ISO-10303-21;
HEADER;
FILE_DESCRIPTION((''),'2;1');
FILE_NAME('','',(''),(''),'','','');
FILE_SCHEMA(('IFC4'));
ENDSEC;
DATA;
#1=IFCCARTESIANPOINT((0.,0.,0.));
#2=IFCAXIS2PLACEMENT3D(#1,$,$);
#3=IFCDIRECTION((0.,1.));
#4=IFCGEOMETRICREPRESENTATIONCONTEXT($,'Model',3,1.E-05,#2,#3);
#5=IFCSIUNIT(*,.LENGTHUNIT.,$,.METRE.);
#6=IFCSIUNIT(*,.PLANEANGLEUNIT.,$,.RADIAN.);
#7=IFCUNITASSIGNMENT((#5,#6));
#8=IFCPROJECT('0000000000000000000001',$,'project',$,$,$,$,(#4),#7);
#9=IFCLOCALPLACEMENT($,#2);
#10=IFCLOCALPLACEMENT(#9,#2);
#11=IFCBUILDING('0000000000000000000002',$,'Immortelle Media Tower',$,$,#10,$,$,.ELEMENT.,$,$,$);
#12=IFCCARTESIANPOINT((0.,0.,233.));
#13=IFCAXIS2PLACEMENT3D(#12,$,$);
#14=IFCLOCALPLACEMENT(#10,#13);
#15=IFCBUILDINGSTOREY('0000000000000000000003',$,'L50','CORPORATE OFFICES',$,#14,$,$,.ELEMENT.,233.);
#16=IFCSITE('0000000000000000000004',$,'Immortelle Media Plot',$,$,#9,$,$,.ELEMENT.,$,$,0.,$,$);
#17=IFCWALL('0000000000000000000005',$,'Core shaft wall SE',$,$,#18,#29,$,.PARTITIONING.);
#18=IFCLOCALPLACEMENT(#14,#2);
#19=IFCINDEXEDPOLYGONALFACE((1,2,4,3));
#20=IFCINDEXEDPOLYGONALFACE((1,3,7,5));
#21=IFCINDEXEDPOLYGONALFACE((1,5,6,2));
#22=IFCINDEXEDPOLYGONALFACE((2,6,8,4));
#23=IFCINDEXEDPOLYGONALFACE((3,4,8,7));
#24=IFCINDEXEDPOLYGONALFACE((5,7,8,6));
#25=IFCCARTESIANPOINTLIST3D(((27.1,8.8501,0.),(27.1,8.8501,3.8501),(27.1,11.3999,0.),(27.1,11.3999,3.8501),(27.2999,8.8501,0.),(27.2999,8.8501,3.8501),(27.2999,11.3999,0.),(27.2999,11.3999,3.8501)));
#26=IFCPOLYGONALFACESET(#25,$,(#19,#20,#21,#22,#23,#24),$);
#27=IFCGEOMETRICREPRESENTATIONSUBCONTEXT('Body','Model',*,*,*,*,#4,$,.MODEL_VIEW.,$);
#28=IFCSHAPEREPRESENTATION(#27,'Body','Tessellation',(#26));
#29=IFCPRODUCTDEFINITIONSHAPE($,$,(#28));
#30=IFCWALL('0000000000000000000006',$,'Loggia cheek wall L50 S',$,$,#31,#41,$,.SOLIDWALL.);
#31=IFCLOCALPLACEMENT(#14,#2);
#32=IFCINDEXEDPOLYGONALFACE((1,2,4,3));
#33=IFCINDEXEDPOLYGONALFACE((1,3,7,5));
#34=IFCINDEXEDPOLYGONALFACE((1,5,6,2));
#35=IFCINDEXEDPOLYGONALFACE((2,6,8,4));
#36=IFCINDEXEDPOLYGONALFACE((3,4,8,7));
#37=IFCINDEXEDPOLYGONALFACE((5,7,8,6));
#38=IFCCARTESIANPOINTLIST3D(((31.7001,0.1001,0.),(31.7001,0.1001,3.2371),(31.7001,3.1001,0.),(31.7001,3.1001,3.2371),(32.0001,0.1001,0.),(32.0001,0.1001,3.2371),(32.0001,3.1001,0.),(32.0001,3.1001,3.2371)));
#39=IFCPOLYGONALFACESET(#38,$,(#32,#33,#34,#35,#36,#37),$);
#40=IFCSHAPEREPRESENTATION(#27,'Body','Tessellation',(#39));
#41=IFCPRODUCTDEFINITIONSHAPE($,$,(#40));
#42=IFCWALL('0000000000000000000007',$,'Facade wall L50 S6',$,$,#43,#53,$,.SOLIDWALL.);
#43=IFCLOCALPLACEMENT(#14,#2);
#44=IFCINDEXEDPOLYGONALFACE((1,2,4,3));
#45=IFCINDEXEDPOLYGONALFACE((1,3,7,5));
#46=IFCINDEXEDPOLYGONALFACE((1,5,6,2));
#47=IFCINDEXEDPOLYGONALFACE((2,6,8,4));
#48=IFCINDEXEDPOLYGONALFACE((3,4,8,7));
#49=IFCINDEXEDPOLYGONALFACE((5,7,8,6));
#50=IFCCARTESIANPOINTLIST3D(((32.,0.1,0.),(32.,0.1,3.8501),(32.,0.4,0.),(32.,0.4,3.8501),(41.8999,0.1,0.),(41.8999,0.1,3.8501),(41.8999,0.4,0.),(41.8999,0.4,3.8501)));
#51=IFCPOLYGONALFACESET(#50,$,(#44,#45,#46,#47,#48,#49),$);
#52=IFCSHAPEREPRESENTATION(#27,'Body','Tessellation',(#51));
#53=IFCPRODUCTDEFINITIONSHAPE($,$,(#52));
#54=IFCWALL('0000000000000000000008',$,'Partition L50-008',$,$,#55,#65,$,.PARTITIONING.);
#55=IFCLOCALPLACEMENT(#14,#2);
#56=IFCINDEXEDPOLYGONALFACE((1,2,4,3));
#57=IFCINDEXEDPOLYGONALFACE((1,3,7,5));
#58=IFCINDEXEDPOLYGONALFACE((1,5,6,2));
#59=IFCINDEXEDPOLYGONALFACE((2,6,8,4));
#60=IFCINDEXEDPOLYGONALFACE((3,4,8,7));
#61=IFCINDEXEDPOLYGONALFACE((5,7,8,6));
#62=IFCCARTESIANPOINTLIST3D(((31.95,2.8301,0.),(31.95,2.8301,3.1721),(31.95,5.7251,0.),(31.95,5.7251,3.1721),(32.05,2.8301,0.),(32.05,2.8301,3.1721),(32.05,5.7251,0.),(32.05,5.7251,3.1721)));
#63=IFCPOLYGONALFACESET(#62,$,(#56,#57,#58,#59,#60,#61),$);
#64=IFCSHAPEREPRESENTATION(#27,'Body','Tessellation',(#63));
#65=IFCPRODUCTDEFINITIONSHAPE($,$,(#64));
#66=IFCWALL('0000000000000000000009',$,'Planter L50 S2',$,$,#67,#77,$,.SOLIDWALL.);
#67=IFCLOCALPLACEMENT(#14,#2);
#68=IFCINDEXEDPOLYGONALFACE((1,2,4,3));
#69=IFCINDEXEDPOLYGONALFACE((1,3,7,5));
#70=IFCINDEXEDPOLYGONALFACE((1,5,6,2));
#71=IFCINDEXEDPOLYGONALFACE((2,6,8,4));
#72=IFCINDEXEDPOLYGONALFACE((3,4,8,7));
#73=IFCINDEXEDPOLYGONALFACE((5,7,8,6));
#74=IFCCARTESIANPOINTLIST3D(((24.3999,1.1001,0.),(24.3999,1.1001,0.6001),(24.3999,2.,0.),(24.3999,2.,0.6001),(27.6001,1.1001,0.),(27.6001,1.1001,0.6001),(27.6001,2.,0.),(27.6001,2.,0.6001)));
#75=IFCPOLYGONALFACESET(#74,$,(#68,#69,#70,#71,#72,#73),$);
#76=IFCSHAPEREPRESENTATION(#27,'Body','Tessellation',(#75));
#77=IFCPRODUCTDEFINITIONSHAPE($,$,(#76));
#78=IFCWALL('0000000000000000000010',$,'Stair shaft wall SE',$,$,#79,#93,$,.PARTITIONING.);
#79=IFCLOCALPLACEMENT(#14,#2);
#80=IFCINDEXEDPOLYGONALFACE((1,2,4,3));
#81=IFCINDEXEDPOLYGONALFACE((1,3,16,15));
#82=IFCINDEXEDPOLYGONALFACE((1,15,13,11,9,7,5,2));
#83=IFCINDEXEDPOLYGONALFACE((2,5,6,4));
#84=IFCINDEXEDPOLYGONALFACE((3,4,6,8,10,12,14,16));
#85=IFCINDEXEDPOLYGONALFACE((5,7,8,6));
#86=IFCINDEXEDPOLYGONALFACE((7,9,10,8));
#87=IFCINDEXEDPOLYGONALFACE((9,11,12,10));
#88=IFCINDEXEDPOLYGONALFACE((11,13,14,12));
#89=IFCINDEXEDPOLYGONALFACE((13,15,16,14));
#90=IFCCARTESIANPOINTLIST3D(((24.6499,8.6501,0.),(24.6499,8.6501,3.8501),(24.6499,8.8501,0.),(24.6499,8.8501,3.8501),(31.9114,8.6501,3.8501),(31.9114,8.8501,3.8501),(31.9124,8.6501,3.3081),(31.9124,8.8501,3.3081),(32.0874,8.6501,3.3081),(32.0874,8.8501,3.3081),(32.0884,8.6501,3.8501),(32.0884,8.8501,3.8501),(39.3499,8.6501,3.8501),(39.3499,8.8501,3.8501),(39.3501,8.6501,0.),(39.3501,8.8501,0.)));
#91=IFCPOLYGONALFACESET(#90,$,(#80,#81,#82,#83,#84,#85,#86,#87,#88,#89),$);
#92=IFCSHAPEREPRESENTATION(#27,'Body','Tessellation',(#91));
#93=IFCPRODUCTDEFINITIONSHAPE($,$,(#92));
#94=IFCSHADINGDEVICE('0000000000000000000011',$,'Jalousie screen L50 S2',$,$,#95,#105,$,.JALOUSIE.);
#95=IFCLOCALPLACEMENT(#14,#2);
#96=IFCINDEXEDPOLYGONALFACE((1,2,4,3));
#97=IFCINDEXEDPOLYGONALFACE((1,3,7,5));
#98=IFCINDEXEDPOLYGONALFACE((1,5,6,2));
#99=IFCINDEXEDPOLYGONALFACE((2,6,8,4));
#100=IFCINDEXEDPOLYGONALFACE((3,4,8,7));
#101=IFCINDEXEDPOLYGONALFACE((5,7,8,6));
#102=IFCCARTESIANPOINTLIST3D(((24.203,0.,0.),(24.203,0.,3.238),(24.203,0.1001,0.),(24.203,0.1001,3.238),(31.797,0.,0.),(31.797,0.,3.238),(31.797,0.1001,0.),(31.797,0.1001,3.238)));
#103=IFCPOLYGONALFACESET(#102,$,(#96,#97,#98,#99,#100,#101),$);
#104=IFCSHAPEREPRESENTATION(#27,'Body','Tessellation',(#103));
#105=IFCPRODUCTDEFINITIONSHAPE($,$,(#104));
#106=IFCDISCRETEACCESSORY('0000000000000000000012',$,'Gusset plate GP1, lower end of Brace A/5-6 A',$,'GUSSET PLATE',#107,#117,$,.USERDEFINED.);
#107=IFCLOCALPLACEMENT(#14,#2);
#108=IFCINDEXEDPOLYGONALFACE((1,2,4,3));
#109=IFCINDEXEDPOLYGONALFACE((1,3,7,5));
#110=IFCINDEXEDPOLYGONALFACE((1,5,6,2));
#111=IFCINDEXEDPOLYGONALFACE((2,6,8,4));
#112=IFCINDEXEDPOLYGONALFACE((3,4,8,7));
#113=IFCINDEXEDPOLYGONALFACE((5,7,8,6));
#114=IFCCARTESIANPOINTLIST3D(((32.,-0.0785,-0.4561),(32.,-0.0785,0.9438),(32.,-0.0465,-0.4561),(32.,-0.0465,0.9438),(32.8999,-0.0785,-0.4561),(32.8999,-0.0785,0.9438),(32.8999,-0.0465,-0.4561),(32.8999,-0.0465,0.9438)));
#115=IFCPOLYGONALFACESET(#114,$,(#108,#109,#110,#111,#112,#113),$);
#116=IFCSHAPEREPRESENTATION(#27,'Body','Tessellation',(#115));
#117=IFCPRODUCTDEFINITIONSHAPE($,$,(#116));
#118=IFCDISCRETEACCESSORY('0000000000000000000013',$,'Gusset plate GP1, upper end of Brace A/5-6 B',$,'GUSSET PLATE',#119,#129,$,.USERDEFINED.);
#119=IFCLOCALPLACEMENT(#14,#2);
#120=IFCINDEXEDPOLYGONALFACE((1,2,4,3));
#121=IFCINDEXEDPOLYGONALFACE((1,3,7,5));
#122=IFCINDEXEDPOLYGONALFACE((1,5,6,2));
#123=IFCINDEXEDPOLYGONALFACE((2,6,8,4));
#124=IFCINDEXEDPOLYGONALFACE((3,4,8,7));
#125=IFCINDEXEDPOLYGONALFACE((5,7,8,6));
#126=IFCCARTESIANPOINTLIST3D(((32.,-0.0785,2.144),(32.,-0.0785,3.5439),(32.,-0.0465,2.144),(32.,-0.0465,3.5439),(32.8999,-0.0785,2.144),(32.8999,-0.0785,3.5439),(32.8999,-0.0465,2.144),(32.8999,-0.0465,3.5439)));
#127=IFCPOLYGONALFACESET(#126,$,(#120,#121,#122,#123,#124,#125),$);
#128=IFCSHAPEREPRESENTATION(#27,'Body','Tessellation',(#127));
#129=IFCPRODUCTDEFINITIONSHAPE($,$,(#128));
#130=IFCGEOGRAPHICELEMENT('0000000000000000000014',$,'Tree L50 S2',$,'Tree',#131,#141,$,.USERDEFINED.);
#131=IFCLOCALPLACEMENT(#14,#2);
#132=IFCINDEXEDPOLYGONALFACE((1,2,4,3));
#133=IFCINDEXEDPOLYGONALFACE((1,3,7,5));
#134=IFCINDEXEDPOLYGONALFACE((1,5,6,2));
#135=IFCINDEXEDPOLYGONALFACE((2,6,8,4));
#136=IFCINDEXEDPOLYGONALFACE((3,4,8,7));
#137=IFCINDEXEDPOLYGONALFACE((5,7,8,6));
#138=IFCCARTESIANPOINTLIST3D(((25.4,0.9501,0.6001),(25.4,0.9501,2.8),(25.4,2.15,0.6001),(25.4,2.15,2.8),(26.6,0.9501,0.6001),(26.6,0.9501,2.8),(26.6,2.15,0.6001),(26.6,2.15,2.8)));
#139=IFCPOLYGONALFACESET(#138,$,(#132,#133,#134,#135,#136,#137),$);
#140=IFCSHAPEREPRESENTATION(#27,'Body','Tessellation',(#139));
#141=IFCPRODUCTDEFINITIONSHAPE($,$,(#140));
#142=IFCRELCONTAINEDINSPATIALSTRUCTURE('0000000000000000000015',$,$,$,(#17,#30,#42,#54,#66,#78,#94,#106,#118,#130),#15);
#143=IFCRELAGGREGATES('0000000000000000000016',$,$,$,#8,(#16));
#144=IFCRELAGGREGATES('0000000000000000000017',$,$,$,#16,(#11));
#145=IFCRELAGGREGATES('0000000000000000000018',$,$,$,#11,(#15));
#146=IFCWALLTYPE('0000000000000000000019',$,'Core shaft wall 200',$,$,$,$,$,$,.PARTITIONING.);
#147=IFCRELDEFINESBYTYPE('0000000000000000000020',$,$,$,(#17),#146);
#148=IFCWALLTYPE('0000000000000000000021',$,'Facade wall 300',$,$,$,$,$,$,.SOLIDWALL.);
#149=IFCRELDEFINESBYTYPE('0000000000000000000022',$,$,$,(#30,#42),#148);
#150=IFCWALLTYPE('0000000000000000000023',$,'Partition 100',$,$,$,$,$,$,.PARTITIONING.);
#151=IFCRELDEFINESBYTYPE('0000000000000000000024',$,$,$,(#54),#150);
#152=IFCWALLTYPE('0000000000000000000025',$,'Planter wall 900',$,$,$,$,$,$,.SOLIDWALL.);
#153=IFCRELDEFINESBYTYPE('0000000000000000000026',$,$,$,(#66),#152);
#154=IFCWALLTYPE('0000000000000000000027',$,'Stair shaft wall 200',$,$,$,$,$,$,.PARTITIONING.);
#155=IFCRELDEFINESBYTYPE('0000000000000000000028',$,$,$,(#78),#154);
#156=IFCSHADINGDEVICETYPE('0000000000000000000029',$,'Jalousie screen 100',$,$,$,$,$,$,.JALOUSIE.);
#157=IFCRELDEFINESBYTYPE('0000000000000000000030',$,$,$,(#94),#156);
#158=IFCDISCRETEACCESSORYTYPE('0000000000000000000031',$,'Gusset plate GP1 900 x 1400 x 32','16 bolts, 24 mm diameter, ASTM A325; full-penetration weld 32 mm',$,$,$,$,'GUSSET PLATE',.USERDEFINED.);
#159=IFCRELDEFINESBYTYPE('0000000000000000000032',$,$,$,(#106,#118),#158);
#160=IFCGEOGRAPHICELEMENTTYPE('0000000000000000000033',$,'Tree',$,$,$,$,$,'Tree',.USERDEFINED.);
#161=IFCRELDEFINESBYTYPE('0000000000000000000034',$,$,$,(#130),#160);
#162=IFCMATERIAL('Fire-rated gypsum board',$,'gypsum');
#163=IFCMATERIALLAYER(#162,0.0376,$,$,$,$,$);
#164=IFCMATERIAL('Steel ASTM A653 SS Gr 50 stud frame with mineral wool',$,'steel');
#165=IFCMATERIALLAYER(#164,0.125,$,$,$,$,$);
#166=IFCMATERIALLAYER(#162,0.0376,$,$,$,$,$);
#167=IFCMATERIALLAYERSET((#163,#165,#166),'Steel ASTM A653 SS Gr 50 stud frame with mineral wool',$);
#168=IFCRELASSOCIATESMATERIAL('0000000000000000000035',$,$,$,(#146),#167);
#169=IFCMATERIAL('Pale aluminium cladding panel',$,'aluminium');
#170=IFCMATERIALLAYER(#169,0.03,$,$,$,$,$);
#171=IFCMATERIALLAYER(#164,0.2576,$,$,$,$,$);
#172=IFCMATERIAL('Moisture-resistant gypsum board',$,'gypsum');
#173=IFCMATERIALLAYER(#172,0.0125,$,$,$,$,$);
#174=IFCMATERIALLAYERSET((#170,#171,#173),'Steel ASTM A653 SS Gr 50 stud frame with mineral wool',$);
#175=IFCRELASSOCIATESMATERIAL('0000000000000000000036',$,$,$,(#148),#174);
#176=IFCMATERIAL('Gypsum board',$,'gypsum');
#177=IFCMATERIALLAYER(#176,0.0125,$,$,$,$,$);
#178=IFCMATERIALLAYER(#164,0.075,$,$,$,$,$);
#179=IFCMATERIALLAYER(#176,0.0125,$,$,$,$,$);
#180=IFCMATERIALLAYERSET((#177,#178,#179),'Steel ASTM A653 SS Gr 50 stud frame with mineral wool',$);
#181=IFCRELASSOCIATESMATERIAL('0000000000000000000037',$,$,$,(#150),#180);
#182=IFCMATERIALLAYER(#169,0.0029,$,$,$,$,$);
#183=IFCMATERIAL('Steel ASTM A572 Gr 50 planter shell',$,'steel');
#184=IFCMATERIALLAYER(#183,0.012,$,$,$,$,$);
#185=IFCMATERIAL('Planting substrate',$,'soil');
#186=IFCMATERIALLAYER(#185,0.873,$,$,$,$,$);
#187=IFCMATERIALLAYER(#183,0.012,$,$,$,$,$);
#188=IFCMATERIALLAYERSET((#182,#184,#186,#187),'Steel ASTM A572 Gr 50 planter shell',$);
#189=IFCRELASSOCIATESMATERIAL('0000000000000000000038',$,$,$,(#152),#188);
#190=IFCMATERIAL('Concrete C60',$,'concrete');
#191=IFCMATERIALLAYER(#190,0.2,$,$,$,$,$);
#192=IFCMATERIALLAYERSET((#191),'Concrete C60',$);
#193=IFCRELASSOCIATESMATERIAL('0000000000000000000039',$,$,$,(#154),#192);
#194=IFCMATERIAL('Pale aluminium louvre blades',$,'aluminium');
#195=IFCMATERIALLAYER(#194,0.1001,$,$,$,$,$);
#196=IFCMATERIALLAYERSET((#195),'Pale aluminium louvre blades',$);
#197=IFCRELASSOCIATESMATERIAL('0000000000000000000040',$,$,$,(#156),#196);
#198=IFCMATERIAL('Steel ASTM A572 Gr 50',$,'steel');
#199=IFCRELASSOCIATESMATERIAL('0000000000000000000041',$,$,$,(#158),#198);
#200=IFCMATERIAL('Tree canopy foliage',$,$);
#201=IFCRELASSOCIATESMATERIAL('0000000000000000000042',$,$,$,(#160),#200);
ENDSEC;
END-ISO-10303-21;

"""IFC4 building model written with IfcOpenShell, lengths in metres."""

from ifc_helpers import new_model, si_unit, direction, frame, frame_2d, origin, origin_2d, place, context, subcontext, project, spatial, polyline, rectangle, outline, extrude, material, layer, layer_set, material_profile, profile_set, type_object, element, save


model = new_model("IFC4")

# Units and contexts
model_context = context("Model", 3, precision=1e-05, world=origin(), true_north=direction((0.0, 1.0)))
body_context = subcontext(model_context, "Body", "Model", "MODEL_VIEW")
ifc_project = project(units=[si_unit("LENGTHUNIT", "METRE"), si_unit("PLANEANGLEUNIT", "RADIAN")], contexts=[model_context])

# Site, building, storey
site_placement = place(None, origin())
site = spatial("IfcSite", under=ifc_project, at=site_placement, Name="Immortelle Media Plot", CompositionType="ELEMENT", RefElevation=0.0)
building_placement = place(site_placement, origin())
building = spatial("IfcBuilding", under=site, at=building_placement, Name="Immortelle Media Tower", CompositionType="ELEMENT")
storey_placement = place(building_placement, frame((0.0, 0.0, 233.0)))
storey = spatial("IfcBuildingStorey", under=building, at=storey_placement, Name="L50", Description="CORPORATE OFFICES", CompositionType="ELEMENT", Elevation=233.0)

# Walls
ifc_material_1 = material(Name="Fire-rated gypsum board", Category="gypsum")
ifc_layer_1 = layer(ifc_material_1, 0.0376)
ifc_material_2 = material(Name="Steel ASTM A653 SS Gr 50 stud frame with mineral wool", Category="steel")
ifc_layer_2 = layer(ifc_material_2, 0.125)
ifc_layer_3 = layer(ifc_material_1, 0.0376)
ifc_layer_set_1 = layer_set([ifc_layer_1, ifc_layer_2, ifc_layer_3], Name="Steel ASTM A653 SS Gr 50 stud frame with mineral wool")
wall_type_1 = type_object("IfcWallType", Name="Core shaft wall 200", PredefinedType="PARTITIONING", material=ifc_layer_set_1)
wall_1_placement = place(storey_placement, frame((27.2, 8.8501, 0.0), z_axis=(0.0, 0.0, 1.0), x_axis=(0.0, 1.0, 0.0)))
element("IfcWall", 1, at=wall_1_placement, inside=storey, type_object=wall_type_1, Name="Core shaft wall SE", PredefinedType="PARTITIONING", context=body_context, shape_type="SweptSolid", body=[
    extrude(rectangle(XDim=2.5498, YDim=0.2, at=frame_2d((1.2749, 0.0))), origin(), (0.0, 0.0, 1.0), 3.8501),
])
ifc_material_3 = material(Name="Pale aluminium cladding panel", Category="aluminium")
ifc_layer_4 = layer(ifc_material_3, 0.03)
ifc_layer_5 = layer(ifc_material_2, 0.2576)
ifc_material_4 = material(Name="Moisture-resistant gypsum board", Category="gypsum")
ifc_layer_6 = layer(ifc_material_4, 0.0125)
ifc_layer_set_2 = layer_set([ifc_layer_4, ifc_layer_5, ifc_layer_6], Name="Steel ASTM A653 SS Gr 50 stud frame with mineral wool")
wall_type_2 = type_object("IfcWallType", Name="Facade wall 300", PredefinedType="SOLIDWALL", material=ifc_layer_set_2)
wall_2_placement = place(storey_placement, frame((31.8501, 0.1001, 0.0), z_axis=(0.0, 0.0, 1.0), x_axis=(0.0, 1.0, 0.0)))
element("IfcWall", 2, at=wall_2_placement, inside=storey, type_object=wall_type_2, Name="Loggia cheek wall L50 S", PredefinedType="SOLIDWALL", context=body_context, shape_type="SweptSolid", body=[
    extrude(rectangle(XDim=3.0, YDim=0.3, at=frame_2d((1.5, 0.0))), origin(), (0.0, 0.0, 1.0), 3.2371),
])
wall_3_placement = place(storey_placement, frame((32.0, 0.25, 0.0), z_axis=(0.0, 0.0, 1.0), x_axis=(1.0, 0.0, 0.0)))
element("IfcWall", 3, at=wall_3_placement, inside=storey, type_object=wall_type_2, Name="Facade wall L50 S6", PredefinedType="SOLIDWALL", context=body_context, shape_type="SweptSolid", body=[
    extrude(rectangle(XDim=9.8999, YDim=0.3, at=frame_2d((4.95, 0.0))), origin(), (0.0, 0.0, 1.0), 3.8501),
])
ifc_material_5 = material(Name="Gypsum board", Category="gypsum")
ifc_layer_7 = layer(ifc_material_5, 0.0125)
ifc_layer_8 = layer(ifc_material_2, 0.075)
ifc_layer_9 = layer(ifc_material_5, 0.0125)
ifc_layer_set_3 = layer_set([ifc_layer_7, ifc_layer_8, ifc_layer_9], Name="Steel ASTM A653 SS Gr 50 stud frame with mineral wool")
wall_type_3 = type_object("IfcWallType", Name="Partition 100", PredefinedType="PARTITIONING", material=ifc_layer_set_3)
wall_4_placement = place(storey_placement, frame((32.0, 2.8301, 0.0), z_axis=(0.0, 0.0, 1.0), x_axis=(0.0, 1.0, 0.0)))
element("IfcWall", 4, at=wall_4_placement, inside=storey, type_object=wall_type_3, Name="Partition L50-008", PredefinedType="PARTITIONING", context=body_context, shape_type="SweptSolid", body=[
    extrude(rectangle(XDim=2.895, YDim=0.1001, at=frame_2d((1.4475, 0.0))), origin(), (0.0, 0.0, 1.0), 3.1721),
])
ifc_layer_10 = layer(ifc_material_3, 0.0029)
ifc_material_6 = material(Name="Steel ASTM A572 Gr 50 planter shell", Category="steel")
ifc_layer_11 = layer(ifc_material_6, 0.012)
ifc_material_7 = material(Name="Planting substrate", Category="soil")
ifc_layer_12 = layer(ifc_material_7, 0.873)
ifc_layer_13 = layer(ifc_material_6, 0.012)
ifc_layer_set_4 = layer_set([ifc_layer_10, ifc_layer_11, ifc_layer_12, ifc_layer_13], Name="Steel ASTM A572 Gr 50 planter shell")
wall_type_4 = type_object("IfcWallType", Name="Planter wall 900", PredefinedType="SOLIDWALL", material=ifc_layer_set_4)
wall_5_placement = place(storey_placement, frame((24.3999, 1.55, 0.0), z_axis=(0.0, 0.0, 1.0), x_axis=(1.0, 0.0, 0.0)))
element("IfcWall", 5, at=wall_5_placement, inside=storey, type_object=wall_type_4, Name="Planter L50 S2", PredefinedType="SOLIDWALL", context=body_context, shape_type="SweptSolid", body=[
    extrude(rectangle(XDim=3.2002, YDim=0.8999, at=frame_2d((1.6001, 0.0))), origin(), (0.0, 0.0, 1.0), 0.6001),
])
ifc_material_8 = material(Name="Concrete C60", Category="concrete")
ifc_layer_14 = layer(ifc_material_8, 0.2)
ifc_layer_set_5 = layer_set([ifc_layer_14], Name="Concrete C60")
wall_type_5 = type_object("IfcWallType", Name="Stair shaft wall 200", PredefinedType="PARTITIONING", material=ifc_layer_set_5)
wall_6_placement = place(storey_placement, frame((24.6499, 8.75, 0.0), z_axis=(0.0, 0.0, 1.0), x_axis=(1.0, 0.0, 0.0)))
element("IfcWall", 6, at=wall_6_placement, inside=storey, type_object=wall_type_5, Name="Stair shaft wall SE", PredefinedType="PARTITIONING", context=body_context, shape_type="SweptSolid", body=[
    extrude(outline(polyline([(0.0, 0.0), (14.7002, 0.0), (14.7, 3.8501), (7.4385, 3.8501), (7.4375, 3.3081), (7.2625, 3.3081), (7.2615, 3.8501), (0.0, 3.8501), (0.0, 0.0)])), frame((0.0, 0.1001, 0.0), z_axis=(0.0, -1.0, 0.0), x_axis=(1.0, 0.0, 0.0)), (0.0, 0.0, 1.0), 0.2),
])

# Shading device
ifc_material_9 = material(Name="Pale aluminium louvre blades", Category="aluminium")
ifc_layer_15 = layer(ifc_material_9, 0.1001)
ifc_layer_set_6 = layer_set([ifc_layer_15], Name="Pale aluminium louvre blades")
shading_device_type = type_object("IfcShadingDeviceType", Name="Jalousie screen 100", PredefinedType="JALOUSIE", material=ifc_layer_set_6)
shading_device_placement = place(storey_placement, frame((28.0, 0.05, 0.0), z_axis=(0.0, 0.0, 1.0), x_axis=(1.0, 0.0, 0.0)))
element("IfcShadingDevice", 7, at=shading_device_placement, inside=storey, type_object=shading_device_type, Name="Jalousie screen L50 S2", PredefinedType="JALOUSIE", context=body_context, shape_type="SweptSolid", body=[
    extrude(rectangle(XDim=7.594, YDim=0.1001, at=origin_2d()), origin(), (0.0, 0.0, 1.0), 3.238),
])

# Discrete accessories
ifc_material_10 = material(Name="Steel ASTM A572 Gr 50", Category="steel")
ifc_material_profile_1 = material_profile(ifc_material_10, rectangle(XDim=0.032, YDim=1.3999, at=origin_2d()), Name="PL 32 x 1400")
ifc_profile_set_1 = profile_set([ifc_material_profile_1], Name="Steel ASTM A572 Gr 50")
discrete_accessory_type = type_object("IfcDiscreteAccessoryType", Name="Gusset plate GP1 900 x 1400 x 32", Description="16 bolts, 24 mm diameter, ASTM A325; full-penetration weld 32 mm", ElementType="GUSSET PLATE", PredefinedType="USERDEFINED", material=ifc_profile_set_1)
for number, where, z_axis, x_axis, name in (
    (8, (32.0, -0.0625, 0.2439), (1.0, 0.0, 0.0), (0.0, 1.0, 0.0), "Gusset plate GP1, lower end of Brace A/5-6 A"),
    (9, (32.0, -0.0625, 2.844), (1.0, 0.0, 0.0), (0.0, 1.0, 0.0), "Gusset plate GP1, upper end of Brace A/5-6 B"),
):
    element("IfcDiscreteAccessory", number, at=place(storey_placement, frame(where, z_axis=z_axis, x_axis=x_axis)), inside=storey, type_object=discrete_accessory_type, Name=name, ObjectType="GUSSET PLATE", PredefinedType="USERDEFINED", context=body_context, shape_type="SweptSolid", body=[
        extrude(rectangle(XDim=0.032, YDim=1.3999, at=origin_2d()), origin(), (0.0, 0.0, 1.0), 0.8999),
    ])

# Geographic element
ifc_material_11 = material(Name="Tree canopy foliage")
geographic_element_type = type_object("IfcGeographicElementType", Name="Tree", ElementType="Tree", PredefinedType="USERDEFINED", material=ifc_material_11)
geographic_element_placement = place(storey_placement, frame((26.0, 1.55, 0.6001), z_axis=(0.0, 0.0, 1.0), x_axis=(1.0, 0.0, 0.0)))
element("IfcGeographicElement", 10, at=geographic_element_placement, inside=storey, type_object=geographic_element_type, Name="Tree L50 S2", ObjectType="Tree", PredefinedType="USERDEFINED", context=body_context, shape_type="SweptSolid", body=[
    extrude(rectangle(XDim=1.2, YDim=1.2, at=origin_2d()), origin(), (0.0, 0.0, 1.0), 2.2),
])

save(model, "model.ifc")
